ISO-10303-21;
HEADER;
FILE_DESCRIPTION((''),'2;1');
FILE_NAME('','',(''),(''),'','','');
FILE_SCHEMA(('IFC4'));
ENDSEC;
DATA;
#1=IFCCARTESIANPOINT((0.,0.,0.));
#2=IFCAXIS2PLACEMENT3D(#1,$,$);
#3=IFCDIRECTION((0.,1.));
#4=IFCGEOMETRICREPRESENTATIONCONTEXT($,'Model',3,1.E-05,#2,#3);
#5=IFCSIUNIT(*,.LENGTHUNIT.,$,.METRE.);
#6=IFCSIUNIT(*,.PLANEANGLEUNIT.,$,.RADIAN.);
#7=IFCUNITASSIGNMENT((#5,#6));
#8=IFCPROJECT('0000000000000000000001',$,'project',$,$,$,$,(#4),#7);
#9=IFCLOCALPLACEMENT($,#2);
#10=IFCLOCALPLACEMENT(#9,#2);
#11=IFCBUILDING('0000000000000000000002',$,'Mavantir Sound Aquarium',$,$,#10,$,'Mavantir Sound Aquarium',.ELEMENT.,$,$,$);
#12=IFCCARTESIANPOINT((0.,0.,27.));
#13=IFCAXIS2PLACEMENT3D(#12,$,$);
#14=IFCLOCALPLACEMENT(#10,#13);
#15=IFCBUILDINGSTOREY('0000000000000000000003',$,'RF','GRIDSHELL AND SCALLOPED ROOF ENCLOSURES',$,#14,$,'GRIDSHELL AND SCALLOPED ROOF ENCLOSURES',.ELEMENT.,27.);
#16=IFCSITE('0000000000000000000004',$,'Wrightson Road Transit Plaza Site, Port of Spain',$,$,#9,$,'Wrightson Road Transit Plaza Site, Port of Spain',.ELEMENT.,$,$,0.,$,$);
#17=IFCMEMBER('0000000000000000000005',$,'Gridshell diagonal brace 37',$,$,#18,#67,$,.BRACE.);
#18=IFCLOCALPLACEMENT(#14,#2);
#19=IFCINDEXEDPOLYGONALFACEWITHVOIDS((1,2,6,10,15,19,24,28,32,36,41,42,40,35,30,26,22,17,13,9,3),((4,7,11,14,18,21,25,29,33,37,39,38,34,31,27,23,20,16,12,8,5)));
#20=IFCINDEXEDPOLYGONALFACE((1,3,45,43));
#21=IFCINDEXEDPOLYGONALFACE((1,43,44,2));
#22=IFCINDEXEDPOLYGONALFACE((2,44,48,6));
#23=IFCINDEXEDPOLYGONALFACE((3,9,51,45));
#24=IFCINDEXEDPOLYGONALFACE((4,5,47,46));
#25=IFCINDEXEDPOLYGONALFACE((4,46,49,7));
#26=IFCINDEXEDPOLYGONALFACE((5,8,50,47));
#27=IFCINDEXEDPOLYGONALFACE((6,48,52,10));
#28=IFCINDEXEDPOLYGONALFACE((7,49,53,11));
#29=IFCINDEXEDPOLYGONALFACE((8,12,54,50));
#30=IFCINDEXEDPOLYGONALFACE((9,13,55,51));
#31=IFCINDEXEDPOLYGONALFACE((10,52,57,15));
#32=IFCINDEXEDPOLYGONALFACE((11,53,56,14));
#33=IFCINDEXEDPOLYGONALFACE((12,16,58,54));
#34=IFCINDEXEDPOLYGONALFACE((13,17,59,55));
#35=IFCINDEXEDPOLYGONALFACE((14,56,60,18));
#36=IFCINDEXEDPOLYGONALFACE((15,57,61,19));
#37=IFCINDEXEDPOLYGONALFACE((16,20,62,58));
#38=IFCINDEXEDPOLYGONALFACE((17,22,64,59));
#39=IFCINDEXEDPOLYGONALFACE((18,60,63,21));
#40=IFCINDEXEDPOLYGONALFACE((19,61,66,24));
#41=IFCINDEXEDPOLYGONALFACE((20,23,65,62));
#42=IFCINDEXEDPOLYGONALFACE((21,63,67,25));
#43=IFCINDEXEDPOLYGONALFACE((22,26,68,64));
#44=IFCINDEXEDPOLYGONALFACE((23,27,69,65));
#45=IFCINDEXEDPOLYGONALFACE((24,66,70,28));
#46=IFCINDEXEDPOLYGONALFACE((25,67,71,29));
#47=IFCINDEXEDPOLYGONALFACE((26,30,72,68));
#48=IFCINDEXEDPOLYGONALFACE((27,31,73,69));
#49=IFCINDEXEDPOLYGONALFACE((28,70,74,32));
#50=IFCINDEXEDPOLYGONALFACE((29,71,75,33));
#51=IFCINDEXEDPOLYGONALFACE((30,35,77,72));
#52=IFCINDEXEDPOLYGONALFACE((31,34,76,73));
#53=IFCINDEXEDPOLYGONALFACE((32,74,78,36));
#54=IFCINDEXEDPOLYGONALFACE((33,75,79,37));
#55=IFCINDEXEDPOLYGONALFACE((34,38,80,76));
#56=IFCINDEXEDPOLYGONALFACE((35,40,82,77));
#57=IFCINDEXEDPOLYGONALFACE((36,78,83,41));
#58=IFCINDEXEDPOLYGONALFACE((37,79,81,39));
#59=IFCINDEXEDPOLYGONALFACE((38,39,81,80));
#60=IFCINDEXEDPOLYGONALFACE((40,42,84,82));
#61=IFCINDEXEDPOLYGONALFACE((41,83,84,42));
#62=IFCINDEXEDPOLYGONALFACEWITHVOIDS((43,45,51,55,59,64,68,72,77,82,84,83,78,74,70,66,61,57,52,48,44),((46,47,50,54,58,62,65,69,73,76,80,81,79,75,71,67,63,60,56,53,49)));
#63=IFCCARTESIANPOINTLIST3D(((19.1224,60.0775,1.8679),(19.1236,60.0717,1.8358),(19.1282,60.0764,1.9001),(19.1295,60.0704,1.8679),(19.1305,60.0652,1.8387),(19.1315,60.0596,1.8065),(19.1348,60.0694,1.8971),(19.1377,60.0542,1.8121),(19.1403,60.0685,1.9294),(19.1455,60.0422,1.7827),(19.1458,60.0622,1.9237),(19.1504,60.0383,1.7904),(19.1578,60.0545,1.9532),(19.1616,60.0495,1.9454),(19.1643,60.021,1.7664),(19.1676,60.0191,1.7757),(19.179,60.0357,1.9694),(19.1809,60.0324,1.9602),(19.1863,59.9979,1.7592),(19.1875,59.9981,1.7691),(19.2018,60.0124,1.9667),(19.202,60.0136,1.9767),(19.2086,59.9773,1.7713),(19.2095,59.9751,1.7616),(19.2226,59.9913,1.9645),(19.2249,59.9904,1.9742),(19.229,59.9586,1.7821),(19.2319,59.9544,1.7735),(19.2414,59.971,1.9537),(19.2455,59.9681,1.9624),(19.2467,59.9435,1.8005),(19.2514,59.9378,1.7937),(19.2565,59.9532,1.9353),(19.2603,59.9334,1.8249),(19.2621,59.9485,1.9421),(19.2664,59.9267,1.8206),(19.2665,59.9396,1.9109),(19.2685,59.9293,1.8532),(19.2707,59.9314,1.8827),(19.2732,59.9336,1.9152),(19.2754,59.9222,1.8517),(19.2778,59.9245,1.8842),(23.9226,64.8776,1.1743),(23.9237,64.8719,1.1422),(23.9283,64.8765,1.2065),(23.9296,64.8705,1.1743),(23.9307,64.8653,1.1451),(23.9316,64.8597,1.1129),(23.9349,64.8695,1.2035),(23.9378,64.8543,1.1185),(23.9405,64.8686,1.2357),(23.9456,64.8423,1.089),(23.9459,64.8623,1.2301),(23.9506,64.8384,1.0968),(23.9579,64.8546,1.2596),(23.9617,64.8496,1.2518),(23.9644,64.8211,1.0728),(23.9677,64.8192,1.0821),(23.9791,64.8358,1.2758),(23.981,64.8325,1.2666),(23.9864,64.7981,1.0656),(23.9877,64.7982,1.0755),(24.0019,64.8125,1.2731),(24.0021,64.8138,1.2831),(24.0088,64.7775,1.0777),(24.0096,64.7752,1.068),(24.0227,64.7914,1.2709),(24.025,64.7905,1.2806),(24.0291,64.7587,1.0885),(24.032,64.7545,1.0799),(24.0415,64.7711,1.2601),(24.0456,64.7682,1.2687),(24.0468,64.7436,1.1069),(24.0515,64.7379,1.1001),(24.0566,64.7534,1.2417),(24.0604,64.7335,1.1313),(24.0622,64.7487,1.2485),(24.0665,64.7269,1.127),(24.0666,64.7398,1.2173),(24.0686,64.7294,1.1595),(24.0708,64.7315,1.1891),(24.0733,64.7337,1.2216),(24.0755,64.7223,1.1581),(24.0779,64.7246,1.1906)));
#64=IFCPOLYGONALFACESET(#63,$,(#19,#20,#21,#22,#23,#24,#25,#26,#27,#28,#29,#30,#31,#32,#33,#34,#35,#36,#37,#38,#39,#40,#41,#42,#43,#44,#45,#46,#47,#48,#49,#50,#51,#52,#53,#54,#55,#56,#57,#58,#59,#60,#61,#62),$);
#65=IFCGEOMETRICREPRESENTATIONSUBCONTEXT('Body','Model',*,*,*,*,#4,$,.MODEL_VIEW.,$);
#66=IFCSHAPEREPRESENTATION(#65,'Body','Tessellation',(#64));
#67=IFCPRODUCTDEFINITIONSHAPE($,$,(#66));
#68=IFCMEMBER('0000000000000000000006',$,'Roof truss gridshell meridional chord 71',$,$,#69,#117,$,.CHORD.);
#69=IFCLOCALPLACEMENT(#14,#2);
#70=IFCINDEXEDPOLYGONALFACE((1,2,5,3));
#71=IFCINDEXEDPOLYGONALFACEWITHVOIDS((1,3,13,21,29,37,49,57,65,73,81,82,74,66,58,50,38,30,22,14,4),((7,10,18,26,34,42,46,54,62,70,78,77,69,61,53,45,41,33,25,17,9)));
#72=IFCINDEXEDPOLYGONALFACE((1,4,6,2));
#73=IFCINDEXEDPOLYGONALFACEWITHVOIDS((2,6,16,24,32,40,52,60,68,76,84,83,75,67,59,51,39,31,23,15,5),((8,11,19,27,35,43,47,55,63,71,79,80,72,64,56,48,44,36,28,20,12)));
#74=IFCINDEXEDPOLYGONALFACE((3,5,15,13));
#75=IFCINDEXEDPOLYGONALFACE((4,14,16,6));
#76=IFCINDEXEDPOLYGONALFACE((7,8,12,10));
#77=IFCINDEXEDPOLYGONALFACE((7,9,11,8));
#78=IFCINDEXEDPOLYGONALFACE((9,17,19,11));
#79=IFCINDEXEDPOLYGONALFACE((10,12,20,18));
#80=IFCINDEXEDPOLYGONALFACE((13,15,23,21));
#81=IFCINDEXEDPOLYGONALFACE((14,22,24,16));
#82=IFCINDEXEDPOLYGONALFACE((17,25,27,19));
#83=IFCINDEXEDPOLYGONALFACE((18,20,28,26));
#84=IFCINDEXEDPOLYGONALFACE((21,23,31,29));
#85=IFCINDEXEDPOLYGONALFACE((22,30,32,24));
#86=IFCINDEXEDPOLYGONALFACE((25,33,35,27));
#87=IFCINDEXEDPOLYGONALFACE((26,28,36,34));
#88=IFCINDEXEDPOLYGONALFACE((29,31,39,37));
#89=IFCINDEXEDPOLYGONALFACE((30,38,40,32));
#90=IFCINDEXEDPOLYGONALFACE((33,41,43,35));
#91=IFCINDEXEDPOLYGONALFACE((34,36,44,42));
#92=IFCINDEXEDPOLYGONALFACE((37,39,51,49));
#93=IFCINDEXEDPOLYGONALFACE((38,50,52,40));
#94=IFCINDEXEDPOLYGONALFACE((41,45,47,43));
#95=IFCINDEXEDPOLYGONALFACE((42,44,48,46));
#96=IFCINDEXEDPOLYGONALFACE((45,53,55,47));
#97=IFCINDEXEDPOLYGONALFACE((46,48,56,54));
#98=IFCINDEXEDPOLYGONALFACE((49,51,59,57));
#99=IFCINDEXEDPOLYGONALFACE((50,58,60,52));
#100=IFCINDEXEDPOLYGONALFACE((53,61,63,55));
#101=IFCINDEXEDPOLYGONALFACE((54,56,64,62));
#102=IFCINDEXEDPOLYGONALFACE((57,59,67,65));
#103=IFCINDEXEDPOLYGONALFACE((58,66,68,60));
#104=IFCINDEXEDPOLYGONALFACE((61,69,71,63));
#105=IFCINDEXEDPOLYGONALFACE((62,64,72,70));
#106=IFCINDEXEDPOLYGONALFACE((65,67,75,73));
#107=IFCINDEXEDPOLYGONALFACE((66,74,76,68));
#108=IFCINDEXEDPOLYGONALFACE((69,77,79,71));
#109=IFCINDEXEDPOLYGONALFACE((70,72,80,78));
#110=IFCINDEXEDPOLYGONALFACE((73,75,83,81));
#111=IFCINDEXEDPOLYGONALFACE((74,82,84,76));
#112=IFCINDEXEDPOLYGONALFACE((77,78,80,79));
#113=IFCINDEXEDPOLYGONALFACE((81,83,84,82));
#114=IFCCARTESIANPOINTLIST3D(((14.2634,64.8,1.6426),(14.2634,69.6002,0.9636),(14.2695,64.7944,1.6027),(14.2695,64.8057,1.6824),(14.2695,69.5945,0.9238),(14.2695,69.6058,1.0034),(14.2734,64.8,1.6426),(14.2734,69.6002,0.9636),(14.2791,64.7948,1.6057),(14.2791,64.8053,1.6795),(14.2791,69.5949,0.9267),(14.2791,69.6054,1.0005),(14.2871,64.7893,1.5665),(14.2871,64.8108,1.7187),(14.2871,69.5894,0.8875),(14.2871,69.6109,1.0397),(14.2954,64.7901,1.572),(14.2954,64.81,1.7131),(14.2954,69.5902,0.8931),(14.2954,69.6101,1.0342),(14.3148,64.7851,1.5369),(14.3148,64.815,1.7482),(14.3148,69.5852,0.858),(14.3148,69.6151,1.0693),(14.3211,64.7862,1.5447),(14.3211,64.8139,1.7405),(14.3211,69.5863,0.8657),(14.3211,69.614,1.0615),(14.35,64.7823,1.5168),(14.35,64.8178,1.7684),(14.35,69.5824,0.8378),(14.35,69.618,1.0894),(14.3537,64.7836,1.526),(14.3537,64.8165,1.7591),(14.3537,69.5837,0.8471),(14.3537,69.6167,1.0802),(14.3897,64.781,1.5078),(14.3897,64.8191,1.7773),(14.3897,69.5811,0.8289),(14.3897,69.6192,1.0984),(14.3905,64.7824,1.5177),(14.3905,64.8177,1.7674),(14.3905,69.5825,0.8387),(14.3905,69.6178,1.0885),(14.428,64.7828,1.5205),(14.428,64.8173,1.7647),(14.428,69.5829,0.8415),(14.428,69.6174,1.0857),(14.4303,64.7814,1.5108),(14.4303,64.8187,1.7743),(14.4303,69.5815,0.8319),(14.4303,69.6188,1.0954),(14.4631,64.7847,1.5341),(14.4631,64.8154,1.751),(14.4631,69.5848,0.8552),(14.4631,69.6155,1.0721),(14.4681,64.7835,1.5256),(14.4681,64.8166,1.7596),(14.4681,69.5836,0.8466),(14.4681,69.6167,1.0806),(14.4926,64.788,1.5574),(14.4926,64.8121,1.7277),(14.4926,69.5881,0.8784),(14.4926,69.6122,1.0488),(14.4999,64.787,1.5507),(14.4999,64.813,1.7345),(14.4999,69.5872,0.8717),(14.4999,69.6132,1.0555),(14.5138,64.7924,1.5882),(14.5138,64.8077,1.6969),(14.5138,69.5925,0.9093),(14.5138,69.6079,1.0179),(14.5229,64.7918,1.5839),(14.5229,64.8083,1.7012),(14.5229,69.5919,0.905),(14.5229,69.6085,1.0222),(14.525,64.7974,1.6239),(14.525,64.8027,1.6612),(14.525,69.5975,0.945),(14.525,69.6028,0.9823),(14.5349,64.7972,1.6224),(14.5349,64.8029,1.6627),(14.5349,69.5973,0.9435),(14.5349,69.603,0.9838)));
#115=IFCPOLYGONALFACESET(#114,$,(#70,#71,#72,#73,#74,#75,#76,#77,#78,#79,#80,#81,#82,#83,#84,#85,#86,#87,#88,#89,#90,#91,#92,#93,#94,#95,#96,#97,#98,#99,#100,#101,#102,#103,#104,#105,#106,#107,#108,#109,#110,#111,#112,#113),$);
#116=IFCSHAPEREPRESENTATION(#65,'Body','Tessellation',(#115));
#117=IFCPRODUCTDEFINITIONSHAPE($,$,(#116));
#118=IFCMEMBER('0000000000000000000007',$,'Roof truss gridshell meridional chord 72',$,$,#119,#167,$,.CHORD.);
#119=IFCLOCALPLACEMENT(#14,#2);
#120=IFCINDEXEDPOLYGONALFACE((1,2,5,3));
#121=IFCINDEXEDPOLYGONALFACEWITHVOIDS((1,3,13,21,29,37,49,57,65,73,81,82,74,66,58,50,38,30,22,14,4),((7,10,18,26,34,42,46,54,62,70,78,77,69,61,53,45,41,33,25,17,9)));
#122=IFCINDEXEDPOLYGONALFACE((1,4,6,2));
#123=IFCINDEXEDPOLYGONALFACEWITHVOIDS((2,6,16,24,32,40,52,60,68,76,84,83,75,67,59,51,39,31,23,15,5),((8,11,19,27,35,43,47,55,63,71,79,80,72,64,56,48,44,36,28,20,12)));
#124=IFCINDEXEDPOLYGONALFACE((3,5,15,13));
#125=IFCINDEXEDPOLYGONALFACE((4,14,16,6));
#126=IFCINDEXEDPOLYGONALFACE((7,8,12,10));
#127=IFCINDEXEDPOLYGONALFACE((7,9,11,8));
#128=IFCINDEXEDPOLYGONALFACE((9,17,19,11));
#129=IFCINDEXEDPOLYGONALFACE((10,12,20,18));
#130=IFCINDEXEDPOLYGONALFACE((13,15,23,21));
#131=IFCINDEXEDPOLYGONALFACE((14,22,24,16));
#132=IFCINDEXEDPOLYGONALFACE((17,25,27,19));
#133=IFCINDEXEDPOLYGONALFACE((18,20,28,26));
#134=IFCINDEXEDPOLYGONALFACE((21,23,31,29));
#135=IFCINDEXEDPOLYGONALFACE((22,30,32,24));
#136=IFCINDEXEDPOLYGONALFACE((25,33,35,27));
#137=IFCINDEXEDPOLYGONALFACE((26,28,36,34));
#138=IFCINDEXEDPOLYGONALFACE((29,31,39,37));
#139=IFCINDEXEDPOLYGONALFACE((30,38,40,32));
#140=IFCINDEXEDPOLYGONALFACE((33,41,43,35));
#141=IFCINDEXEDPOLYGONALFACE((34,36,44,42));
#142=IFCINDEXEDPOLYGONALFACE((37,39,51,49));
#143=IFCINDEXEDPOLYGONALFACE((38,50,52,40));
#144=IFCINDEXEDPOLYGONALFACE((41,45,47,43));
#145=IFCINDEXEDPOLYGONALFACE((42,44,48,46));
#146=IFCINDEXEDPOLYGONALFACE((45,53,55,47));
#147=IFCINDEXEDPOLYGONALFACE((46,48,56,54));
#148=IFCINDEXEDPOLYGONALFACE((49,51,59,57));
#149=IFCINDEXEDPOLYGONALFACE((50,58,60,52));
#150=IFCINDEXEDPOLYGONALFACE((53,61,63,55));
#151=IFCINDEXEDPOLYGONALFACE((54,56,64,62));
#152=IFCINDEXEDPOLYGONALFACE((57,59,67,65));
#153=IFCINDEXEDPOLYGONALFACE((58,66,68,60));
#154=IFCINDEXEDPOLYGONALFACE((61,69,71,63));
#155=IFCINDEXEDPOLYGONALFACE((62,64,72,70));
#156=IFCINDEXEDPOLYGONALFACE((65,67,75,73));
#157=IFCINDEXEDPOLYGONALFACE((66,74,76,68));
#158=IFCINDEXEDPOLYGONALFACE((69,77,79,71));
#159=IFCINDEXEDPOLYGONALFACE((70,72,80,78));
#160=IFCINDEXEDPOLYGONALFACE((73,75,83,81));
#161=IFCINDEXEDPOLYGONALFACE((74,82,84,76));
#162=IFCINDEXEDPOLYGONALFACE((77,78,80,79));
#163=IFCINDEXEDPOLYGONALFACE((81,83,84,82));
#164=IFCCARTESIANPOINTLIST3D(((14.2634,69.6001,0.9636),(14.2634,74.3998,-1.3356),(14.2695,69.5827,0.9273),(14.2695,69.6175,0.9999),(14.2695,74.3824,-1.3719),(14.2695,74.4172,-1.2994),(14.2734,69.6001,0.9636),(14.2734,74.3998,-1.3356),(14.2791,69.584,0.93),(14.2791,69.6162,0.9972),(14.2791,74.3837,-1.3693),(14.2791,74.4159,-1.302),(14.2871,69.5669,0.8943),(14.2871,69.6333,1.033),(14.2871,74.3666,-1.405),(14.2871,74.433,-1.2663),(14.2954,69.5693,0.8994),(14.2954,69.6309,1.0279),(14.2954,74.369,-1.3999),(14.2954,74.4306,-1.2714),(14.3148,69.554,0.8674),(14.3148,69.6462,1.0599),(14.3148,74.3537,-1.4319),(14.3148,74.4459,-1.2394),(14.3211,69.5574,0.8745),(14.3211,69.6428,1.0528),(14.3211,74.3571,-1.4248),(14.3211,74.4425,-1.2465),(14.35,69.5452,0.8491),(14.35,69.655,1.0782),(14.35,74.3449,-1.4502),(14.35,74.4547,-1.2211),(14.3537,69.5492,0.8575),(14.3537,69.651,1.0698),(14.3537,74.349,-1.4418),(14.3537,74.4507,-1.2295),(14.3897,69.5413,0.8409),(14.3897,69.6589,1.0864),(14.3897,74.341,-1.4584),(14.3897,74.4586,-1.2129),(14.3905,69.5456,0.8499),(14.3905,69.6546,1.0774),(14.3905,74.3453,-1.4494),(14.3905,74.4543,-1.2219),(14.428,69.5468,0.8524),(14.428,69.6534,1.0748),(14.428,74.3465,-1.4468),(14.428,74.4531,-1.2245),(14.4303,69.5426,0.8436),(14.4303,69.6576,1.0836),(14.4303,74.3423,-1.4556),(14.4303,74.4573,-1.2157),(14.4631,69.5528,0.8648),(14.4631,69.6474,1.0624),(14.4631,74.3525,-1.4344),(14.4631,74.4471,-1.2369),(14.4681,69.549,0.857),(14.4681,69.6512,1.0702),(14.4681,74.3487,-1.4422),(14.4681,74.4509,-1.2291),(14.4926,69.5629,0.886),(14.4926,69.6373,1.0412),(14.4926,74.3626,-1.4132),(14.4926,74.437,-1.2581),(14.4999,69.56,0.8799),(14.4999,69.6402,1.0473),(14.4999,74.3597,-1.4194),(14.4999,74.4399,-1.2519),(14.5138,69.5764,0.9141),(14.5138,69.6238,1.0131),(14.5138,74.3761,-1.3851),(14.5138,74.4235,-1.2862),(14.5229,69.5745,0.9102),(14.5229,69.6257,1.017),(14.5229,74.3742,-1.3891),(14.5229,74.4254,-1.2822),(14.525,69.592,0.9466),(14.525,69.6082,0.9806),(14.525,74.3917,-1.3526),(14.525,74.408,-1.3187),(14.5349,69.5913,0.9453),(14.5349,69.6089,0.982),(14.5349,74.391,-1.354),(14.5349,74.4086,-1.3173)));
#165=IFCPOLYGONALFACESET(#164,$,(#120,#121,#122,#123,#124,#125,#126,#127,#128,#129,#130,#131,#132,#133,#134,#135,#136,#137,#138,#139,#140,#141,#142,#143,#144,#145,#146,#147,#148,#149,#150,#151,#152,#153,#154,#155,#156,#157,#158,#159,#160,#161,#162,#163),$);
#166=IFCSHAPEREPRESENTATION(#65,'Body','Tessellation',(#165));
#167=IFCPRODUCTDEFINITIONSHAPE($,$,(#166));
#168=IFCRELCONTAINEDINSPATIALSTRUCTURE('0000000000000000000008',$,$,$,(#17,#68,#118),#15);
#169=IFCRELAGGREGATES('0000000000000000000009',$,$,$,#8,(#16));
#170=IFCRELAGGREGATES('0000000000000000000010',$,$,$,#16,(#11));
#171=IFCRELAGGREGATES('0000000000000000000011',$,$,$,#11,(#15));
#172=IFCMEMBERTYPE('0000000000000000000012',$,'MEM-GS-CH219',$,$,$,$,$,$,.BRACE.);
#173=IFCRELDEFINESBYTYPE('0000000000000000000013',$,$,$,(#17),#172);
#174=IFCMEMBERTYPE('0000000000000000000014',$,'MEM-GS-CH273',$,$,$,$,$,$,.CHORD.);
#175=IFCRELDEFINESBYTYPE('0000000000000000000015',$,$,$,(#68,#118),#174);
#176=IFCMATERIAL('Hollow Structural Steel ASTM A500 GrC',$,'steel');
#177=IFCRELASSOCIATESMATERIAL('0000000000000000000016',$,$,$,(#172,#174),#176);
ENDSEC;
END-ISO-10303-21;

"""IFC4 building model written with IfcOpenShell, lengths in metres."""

from ifc_helpers import new_model, si_unit, direction, frame, origin, origin_2d, place, context, subcontext, project, spatial, hollow_circle, extrude, material, material_profile, profile_set, type_object, element, save


model = new_model("IFC4")

# Units and contexts
model_context = context("Model", 3, precision=1e-05, world=origin(), true_north=direction((0.0, 1.0)))
body_context = subcontext(model_context, "Body", "Model", "MODEL_VIEW")
ifc_project = project(units=[si_unit("LENGTHUNIT", "METRE"), si_unit("PLANEANGLEUNIT", "RADIAN")], contexts=[model_context])

# Site, building, storey
site_placement = place(None, origin())
site = spatial("IfcSite", under=ifc_project, at=site_placement, Name="Wrightson Road Transit Plaza Site, Port of Spain", LongName="Wrightson Road Transit Plaza Site, Port of Spain", CompositionType="ELEMENT", RefElevation=0.0)
building_placement = place(site_placement, origin())
building = spatial("IfcBuilding", under=site, at=building_placement, Name="Mavantir Sound Aquarium", LongName="Mavantir Sound Aquarium", CompositionType="ELEMENT")
storey_placement = place(building_placement, frame((0.0, 0.0, 27.0)))
storey = spatial("IfcBuildingStorey", under=building, at=storey_placement, Name="RF", Description="GRIDSHELL AND SCALLOPED ROOF ENCLOSURES", LongName="GRIDSHELL AND SCALLOPED ROOF ENCLOSURES", CompositionType="ELEMENT", Elevation=27.0)

# Members
ifc_material_1 = material(Name="Hollow Structural Steel ASTM A500 GrC", Category="steel")
ifc_material_profile_1 = material_profile(ifc_material_1, hollow_circle(Radius=0.1096, WallThickness=0.01, at=origin_2d()), Name="CHS 219.1X10")
ifc_profile_set_1 = profile_set([ifc_material_profile_1], Name="Hollow Structural Steel ASTM A500 GrC")
member_type_1 = type_object("IfcMemberType", Name="MEM-GS-CH219", PredefinedType="BRACE", material=ifc_profile_set_1)
member_1_placement = place(storey_placement, frame((19.2, 60.0, 1.8679), z_axis=(0.703444, 0.703444, -0.101647), x_axis=(-0.707107, 0.707107, 0.0)))
element("IfcMember", 1, at=member_1_placement, inside=storey, type_object=member_type_1, Name="Gridshell diagonal brace 37", PredefinedType="BRACE", context=body_context, shape_type="SweptSolid", body=[
    extrude(hollow_circle(Radius=0.1096, WallThickness=0.01, at=origin_2d()), origin(), (0.0, 0.0, 1.0), 6.8237),
])
ifc_material_profile_2 = material_profile(ifc_material_1, hollow_circle(Radius=0.1365, WallThickness=0.01, at=origin_2d()), Name="CHS 273X10")
ifc_profile_set_2 = profile_set([ifc_material_profile_2], Name="Hollow Structural Steel ASTM A500 GrC")
member_type_2 = type_object("IfcMemberType", Name="MEM-GS-CH273", PredefinedType="CHORD", material=ifc_profile_set_2)
member_2_placement = place(storey_placement, frame((14.3999, 64.8, 1.6426), z_axis=(0.0, 0.990144, -0.140053), x_axis=(-1.0, 0.0, 0.0)))
element("IfcMember", 2, at=member_2_placement, inside=storey, type_object=member_type_2, Name="Roof truss gridshell meridional chord 71", PredefinedType="CHORD", context=body_context, shape_type="SweptSolid", body=[
    extrude(hollow_circle(Radius=0.1365, WallThickness=0.01, at=origin_2d()), origin(), (0.0, 0.0, 1.0), 4.8479),
])
member_3_placement = place(storey_placement, frame((14.3999, 69.6001, 0.9636), z_axis=(0.0, 0.901859, -0.43203), x_axis=(-1.0, 0.0, 0.0)))
element("IfcMember", 3, at=member_3_placement, inside=storey, type_object=member_type_2, Name="Roof truss gridshell meridional chord 72", PredefinedType="CHORD", context=body_context, shape_type="SweptSolid", body=[
    extrude(hollow_circle(Radius=0.1365, WallThickness=0.01, at=origin_2d()), origin(), (0.0, 0.0, 1.0), 5.322),
])

save(model, "model.ifc")
